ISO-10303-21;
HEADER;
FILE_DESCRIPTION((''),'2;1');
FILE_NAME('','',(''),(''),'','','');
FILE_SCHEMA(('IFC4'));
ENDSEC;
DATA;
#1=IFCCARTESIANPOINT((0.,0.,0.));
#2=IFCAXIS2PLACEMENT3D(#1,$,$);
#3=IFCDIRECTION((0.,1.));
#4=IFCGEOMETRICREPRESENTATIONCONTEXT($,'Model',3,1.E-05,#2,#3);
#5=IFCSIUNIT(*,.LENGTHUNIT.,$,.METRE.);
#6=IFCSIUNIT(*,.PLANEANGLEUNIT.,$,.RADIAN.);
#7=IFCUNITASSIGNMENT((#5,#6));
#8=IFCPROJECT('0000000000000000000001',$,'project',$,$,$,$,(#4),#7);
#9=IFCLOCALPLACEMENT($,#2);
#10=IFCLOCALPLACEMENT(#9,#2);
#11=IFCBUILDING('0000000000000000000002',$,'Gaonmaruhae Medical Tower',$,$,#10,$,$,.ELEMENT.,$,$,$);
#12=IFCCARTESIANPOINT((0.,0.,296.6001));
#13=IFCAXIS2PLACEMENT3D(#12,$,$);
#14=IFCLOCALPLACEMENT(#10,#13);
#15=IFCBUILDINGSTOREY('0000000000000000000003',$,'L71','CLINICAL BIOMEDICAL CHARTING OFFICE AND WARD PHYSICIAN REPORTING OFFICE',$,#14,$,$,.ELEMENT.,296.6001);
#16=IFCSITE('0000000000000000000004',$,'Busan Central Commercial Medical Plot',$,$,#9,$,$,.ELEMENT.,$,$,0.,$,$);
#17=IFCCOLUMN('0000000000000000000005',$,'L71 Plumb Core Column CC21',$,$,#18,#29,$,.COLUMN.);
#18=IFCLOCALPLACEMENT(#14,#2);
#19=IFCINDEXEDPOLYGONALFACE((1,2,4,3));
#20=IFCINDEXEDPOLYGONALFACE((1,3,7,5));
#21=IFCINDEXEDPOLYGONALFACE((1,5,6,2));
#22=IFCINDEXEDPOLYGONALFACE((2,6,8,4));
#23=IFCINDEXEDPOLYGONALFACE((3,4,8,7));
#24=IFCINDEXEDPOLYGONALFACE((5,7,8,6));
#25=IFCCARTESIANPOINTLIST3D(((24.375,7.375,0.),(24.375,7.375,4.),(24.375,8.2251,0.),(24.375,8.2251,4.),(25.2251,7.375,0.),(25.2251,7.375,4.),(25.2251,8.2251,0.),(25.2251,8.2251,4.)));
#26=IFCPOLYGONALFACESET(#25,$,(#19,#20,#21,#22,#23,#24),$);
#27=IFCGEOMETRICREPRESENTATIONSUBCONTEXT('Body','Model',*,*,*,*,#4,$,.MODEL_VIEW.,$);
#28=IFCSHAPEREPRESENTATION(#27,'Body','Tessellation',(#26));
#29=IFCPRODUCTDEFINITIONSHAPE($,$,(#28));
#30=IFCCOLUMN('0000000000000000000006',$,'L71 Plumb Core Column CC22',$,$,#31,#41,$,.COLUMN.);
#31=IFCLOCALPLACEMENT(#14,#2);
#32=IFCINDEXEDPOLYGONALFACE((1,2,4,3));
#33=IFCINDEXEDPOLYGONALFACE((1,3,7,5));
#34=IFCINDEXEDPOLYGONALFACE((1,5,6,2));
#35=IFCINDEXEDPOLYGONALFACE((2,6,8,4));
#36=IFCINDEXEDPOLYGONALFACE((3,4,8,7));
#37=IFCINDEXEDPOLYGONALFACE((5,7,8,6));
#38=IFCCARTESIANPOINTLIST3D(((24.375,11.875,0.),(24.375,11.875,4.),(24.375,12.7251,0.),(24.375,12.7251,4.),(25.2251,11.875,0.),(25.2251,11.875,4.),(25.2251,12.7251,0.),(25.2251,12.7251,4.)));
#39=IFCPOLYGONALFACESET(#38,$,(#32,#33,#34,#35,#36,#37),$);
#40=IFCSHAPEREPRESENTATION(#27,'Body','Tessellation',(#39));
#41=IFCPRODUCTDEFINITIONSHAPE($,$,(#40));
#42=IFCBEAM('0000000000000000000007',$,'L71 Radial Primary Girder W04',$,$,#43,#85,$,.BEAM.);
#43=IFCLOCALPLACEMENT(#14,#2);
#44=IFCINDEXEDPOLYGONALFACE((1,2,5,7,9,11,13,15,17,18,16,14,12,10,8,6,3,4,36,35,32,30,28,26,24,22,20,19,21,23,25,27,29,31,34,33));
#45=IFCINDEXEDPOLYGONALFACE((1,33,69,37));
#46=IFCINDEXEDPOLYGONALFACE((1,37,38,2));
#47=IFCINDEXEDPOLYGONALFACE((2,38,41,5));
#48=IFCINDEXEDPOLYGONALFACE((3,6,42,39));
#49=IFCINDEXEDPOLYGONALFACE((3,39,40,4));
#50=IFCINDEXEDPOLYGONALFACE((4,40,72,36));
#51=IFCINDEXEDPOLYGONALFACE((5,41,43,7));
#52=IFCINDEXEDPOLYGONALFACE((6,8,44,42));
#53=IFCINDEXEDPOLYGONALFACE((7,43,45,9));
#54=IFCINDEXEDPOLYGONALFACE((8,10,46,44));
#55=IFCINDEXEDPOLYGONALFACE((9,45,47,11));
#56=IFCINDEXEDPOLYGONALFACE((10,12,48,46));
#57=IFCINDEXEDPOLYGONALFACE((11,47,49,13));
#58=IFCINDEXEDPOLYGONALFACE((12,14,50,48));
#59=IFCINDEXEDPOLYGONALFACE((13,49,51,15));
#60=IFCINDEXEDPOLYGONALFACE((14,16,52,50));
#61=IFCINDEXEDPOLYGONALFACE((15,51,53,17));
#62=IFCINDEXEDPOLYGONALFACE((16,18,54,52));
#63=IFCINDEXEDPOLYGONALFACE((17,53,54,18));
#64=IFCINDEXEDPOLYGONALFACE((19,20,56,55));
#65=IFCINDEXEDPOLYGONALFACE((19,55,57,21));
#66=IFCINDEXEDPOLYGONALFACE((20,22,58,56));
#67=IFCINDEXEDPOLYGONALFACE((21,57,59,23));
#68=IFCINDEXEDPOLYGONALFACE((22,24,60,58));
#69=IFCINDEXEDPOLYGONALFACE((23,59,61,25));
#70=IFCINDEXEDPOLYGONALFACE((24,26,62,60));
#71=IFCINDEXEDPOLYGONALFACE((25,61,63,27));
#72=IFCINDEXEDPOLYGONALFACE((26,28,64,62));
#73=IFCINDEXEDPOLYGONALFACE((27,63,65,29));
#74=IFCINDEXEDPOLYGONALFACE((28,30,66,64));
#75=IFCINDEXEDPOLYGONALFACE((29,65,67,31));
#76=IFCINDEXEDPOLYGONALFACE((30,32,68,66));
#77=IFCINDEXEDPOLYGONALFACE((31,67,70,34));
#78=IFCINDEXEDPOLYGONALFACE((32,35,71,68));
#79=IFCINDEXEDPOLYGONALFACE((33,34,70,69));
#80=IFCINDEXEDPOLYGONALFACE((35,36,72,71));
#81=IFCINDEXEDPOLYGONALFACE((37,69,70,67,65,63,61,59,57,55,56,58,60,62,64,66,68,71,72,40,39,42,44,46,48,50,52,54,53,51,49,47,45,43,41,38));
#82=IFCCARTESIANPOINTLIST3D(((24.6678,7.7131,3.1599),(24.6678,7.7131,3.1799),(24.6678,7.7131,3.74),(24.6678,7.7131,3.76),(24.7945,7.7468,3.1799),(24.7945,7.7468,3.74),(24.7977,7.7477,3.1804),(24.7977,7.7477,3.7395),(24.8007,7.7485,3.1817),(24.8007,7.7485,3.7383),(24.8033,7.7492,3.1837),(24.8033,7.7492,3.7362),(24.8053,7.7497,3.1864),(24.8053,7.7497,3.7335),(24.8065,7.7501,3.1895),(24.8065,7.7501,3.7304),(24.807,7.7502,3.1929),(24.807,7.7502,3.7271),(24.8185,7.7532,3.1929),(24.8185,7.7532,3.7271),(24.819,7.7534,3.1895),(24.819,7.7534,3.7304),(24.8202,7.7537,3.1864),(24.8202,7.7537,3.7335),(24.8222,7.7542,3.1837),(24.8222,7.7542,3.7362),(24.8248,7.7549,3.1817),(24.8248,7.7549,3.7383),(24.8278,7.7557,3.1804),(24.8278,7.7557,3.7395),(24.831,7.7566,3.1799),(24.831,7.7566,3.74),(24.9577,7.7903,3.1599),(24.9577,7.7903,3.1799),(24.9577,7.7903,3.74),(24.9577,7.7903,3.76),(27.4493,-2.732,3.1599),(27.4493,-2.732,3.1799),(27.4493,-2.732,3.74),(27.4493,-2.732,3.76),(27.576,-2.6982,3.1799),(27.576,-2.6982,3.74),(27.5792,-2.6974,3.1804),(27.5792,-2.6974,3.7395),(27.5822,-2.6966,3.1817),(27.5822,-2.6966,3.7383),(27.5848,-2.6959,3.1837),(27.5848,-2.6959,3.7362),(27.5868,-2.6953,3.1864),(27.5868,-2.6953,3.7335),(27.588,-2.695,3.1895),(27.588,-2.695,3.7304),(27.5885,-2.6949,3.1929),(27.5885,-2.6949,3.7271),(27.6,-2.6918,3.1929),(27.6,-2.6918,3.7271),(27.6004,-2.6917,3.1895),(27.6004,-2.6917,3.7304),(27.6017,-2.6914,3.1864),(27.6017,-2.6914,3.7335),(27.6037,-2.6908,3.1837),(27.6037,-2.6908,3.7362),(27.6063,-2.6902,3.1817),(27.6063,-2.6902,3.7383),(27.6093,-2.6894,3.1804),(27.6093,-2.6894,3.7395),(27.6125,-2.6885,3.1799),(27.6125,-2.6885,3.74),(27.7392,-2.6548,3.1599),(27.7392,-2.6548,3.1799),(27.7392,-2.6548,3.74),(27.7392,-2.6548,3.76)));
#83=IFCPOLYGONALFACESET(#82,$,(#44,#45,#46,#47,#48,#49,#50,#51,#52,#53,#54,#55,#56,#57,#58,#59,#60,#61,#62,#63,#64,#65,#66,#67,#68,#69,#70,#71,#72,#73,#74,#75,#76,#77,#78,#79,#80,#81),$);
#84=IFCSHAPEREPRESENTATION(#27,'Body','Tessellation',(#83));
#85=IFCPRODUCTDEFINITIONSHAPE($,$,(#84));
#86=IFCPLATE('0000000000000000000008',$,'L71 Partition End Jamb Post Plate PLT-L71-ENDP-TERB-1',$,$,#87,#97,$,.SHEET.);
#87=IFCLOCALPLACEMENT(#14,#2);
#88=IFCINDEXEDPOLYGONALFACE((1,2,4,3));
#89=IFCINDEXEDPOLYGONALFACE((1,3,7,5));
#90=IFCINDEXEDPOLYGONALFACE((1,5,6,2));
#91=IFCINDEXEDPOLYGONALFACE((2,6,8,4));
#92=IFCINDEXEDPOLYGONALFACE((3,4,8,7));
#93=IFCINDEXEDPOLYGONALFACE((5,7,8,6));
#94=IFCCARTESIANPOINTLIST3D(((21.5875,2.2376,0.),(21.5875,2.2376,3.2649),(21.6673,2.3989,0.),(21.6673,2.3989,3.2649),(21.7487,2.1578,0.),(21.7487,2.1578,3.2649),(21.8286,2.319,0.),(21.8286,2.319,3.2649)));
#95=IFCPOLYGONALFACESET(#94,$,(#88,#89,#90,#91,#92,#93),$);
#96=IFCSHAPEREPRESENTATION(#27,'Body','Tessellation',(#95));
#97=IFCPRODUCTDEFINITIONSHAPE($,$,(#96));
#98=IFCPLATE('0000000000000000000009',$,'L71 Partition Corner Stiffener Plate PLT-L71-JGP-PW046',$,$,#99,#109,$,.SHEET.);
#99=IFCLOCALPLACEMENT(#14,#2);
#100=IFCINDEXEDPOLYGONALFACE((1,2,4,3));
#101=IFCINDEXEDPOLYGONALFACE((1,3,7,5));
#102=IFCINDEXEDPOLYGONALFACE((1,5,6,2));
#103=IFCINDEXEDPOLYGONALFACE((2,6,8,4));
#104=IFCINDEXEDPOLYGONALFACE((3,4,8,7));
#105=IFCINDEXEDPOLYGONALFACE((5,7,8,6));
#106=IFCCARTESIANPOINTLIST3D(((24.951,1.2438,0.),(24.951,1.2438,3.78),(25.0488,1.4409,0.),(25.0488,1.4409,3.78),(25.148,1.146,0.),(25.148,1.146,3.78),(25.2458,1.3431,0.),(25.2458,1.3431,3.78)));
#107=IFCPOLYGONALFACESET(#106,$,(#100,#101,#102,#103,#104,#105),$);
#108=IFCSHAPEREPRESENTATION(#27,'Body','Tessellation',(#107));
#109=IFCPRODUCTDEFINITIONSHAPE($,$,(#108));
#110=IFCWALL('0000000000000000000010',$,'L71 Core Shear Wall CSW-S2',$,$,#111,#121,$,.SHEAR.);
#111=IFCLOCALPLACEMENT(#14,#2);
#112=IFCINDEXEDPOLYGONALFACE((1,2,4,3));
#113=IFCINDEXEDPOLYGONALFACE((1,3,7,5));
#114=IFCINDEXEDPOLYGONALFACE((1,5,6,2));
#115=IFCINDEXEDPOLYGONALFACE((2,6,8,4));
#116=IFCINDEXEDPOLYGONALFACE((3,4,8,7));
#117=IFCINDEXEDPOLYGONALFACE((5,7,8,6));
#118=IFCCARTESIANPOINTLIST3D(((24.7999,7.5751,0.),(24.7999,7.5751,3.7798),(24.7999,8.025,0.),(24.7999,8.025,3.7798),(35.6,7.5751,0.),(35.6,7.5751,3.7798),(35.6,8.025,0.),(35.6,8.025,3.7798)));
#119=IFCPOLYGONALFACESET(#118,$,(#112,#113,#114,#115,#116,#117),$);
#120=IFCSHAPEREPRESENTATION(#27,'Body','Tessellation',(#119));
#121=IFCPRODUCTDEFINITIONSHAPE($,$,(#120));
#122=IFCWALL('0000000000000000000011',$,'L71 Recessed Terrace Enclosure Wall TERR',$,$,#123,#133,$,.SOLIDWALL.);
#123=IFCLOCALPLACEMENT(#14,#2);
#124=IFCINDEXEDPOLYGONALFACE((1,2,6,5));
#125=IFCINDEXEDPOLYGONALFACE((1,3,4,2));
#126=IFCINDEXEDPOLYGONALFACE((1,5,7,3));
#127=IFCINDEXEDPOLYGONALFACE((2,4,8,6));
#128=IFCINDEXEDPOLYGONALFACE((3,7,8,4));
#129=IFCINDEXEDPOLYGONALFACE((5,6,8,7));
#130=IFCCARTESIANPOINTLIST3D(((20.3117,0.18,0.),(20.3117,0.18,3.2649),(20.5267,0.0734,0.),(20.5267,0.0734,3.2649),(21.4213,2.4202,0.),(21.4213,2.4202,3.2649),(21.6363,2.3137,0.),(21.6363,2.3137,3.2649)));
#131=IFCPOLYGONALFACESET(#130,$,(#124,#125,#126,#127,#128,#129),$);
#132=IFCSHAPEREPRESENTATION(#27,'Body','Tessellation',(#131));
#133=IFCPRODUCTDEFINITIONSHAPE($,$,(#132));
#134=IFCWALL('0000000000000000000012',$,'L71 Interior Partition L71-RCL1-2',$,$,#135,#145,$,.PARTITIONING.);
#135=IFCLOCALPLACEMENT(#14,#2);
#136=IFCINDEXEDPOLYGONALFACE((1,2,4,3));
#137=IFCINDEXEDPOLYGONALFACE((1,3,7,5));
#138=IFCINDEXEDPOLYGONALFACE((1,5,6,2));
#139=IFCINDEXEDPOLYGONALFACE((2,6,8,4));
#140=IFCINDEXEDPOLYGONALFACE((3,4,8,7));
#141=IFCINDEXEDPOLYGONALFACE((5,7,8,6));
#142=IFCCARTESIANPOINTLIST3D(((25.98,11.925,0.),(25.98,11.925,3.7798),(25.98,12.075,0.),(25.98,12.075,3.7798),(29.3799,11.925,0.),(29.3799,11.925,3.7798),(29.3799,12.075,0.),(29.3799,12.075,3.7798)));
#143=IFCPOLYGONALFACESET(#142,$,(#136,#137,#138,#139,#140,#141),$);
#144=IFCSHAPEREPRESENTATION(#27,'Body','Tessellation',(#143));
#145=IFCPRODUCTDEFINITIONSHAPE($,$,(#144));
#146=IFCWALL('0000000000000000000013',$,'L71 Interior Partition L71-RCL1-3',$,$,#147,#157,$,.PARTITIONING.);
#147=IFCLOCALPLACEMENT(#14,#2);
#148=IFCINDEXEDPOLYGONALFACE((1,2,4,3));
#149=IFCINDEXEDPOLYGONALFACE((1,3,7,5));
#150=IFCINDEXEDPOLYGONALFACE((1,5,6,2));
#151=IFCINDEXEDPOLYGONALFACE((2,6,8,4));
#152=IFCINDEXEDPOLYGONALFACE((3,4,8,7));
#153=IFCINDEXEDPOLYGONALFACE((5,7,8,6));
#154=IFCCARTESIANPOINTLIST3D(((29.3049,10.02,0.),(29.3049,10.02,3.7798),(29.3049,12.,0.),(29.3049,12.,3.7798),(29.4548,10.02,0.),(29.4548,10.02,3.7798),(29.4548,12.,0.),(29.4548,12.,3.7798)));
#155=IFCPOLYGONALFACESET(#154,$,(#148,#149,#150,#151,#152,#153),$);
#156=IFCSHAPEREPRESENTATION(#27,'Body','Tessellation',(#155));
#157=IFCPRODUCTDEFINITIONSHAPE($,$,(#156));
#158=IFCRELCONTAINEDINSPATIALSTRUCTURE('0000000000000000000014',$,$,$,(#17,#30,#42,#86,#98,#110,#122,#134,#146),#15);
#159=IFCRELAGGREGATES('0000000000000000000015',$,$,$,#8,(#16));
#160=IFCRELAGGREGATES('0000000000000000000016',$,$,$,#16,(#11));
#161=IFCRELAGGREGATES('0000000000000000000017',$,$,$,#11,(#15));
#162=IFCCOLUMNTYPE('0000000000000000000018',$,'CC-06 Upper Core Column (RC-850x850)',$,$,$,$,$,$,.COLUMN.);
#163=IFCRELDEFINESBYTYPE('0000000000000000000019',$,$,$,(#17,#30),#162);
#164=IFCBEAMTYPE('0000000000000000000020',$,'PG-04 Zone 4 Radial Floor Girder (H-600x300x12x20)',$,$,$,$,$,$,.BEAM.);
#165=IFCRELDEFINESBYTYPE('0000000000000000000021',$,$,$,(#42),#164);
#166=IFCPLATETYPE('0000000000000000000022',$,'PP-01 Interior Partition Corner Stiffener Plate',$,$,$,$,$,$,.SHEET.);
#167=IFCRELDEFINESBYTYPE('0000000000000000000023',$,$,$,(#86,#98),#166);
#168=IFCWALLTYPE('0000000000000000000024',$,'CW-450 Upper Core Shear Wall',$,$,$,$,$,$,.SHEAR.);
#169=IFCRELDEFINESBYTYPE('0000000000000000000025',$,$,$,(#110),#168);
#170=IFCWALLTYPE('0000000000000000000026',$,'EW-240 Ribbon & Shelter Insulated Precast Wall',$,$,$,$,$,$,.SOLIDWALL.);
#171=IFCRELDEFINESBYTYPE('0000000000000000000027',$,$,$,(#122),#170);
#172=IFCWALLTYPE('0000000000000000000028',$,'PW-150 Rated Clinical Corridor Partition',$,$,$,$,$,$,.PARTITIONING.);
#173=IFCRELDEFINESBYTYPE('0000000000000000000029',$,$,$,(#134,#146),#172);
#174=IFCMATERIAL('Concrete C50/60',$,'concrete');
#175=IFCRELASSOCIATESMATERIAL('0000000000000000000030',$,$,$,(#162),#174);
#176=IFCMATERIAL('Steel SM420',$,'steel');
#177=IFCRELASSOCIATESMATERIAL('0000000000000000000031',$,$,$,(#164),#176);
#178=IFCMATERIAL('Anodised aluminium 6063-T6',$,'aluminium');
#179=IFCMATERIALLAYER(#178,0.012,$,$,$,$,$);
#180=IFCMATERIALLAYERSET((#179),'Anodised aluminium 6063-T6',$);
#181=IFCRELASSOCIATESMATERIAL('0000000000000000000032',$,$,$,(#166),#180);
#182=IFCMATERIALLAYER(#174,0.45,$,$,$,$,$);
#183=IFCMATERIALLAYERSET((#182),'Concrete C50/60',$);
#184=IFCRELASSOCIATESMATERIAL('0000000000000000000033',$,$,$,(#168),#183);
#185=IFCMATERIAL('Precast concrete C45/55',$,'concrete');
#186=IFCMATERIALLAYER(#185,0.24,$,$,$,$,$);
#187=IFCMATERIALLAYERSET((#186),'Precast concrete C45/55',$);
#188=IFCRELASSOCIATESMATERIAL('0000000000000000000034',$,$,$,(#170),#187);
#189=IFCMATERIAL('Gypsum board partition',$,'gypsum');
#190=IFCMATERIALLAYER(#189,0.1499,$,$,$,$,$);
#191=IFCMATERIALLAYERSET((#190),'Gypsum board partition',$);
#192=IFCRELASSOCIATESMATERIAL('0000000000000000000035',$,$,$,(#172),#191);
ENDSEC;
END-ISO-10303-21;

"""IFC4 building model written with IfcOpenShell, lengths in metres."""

from ifc_helpers import new_model, si_unit, direction, frame, frame_2d, origin, origin_2d, place, context, subcontext, project, spatial, rectangle, i_section, extrude, material, layer, layer_set, material_profile, profile_set, type_object, element, save


model = new_model("IFC4")

# Units and contexts
model_context = context("Model", 3, precision=1e-05, world=origin(), true_north=direction((0.0, 1.0)))
body_context = subcontext(model_context, "Body", "Model", "MODEL_VIEW")
ifc_project = project(units=[si_unit("LENGTHUNIT", "METRE"), si_unit("PLANEANGLEUNIT", "RADIAN")], contexts=[model_context])

# Site, building, storey
site_placement = place(None, origin())
site = spatial("IfcSite", under=ifc_project, at=site_placement, Name="Busan Central Commercial Medical Plot", CompositionType="ELEMENT", RefElevation=0.0)
building_placement = place(site_placement, origin())
building = spatial("IfcBuilding", under=site, at=building_placement, Name="Gaonmaruhae Medical Tower", CompositionType="ELEMENT")
storey_placement = place(building_placement, frame((0.0, 0.0, 296.6001)))
storey = spatial("IfcBuildingStorey", under=building, at=storey_placement, Name="L71", Description="CLINICAL BIOMEDICAL CHARTING OFFICE AND WARD PHYSICIAN REPORTING OFFICE", CompositionType="ELEMENT", Elevation=296.6001)

# Columns
ifc_material_1 = material(Name="Concrete C50/60", Category="concrete")
ifc_material_profile_1 = material_profile(ifc_material_1, rectangle(XDim=0.8501, YDim=0.8501, at=origin_2d()), Name="RC-850x850")
ifc_profile_set_1 = profile_set([ifc_material_profile_1], Name="Concrete C50/60")
column_type = type_object("IfcColumnType", Name="CC-06 Upper Core Column (RC-850x850)", PredefinedType="COLUMN", material=ifc_profile_set_1)
for number, where, z_axis, x_axis, name in (
    (1, (24.8, 7.8, 0.0), (0.0, 0.0, 1.0), (1.0, 0.0, 0.0), "L71 Plumb Core Column CC21"),
    (2, (24.8, 12.3, 0.0), (0.0, 0.0, 1.0), (1.0, 0.0, 0.0), "L71 Plumb Core Column CC22"),
):
    element("IfcColumn", number, at=place(storey_placement, frame(where, z_axis=z_axis, x_axis=x_axis)), inside=storey, type_object=column_type, Name=name, PredefinedType="COLUMN", context=body_context, shape_type="SweptSolid", body=[
        extrude(rectangle(XDim=0.8501, YDim=0.8501, at=origin_2d()), origin(), (0.0, 0.0, 1.0), 4.0),
    ])

# Beam
ifc_material_2 = material(Name="Steel SM420", Category="steel")
ifc_material_profile_2 = material_profile(ifc_material_2, i_section(OverallWidth=0.3, OverallDepth=0.6001, WebThickness=0.012, FlangeThickness=0.02, FilletRadius=0.0129, at=origin_2d()), Name="H-600x300x12x20")
ifc_profile_set_2 = profile_set([ifc_material_profile_2], Name="Steel SM420")
beam_type = type_object("IfcBeamType", Name="PG-04 Zone 4 Radial Floor Girder (H-600x300x12x20)", PredefinedType="BEAM", material=ifc_profile_set_2)
beam_placement = place(storey_placement, frame((24.8127, 7.7517, 3.46), z_axis=(0.257329, -0.966324, 0.0), x_axis=(0.966324, 0.257329, 0.0)))
element("IfcBeam", 3, at=beam_placement, inside=storey, type_object=beam_type, Name="L71 Radial Primary Girder W04", PredefinedType="BEAM", context=body_context, shape_type="SweptSolid", body=[
    extrude(i_section(OverallWidth=0.3, OverallDepth=0.6001, WebThickness=0.012, FlangeThickness=0.02, FilletRadius=0.0129, at=origin_2d()), origin(), (0.0, 0.0, 1.0), 10.8091),
])

# Plates
ifc_material_3 = material(Name="Anodised aluminium 6063-T6", Category="aluminium")
ifc_layer_1 = layer(ifc_material_3, 0.012)
ifc_layer_set_1 = layer_set([ifc_layer_1], Name="Anodised aluminium 6063-T6")
plate_type = type_object("IfcPlateType", Name="PP-01 Interior Partition Corner Stiffener Plate", PredefinedType="SHEET", material=ifc_layer_set_1)
plate_1_placement = place(storey_placement, frame((21.708, 2.2783, 0.0), z_axis=(0.0, 0.0, 1.0), x_axis=(-0.896099, 0.443853, 0.0)))
element("IfcPlate", 4, at=plate_1_placement, inside=storey, type_object=plate_type, Name="L71 Partition End Jamb Post Plate PLT-L71-ENDP-TERB-1", PredefinedType="SHEET", context=body_context, shape_type="SweptSolid", body=[
    extrude(rectangle(XDim=0.1799, YDim=0.1799, at=origin_2d()), origin(), (0.0, 0.0, 1.0), 3.2649),
])
plate_2_placement = place(storey_placement, frame((25.0984, 1.2935, 0.0), z_axis=(0.0, 0.0, 1.0), x_axis=(-0.444557, -0.895751, 0.0)))
element("IfcPlate", 5, at=plate_2_placement, inside=storey, type_object=plate_type, Name="L71 Partition Corner Stiffener Plate PLT-L71-JGP-PW046", PredefinedType="SHEET", context=body_context, shape_type="SweptSolid", body=[
    extrude(rectangle(XDim=0.22, YDim=0.22, at=origin_2d()), origin(), (0.0, 0.0, 1.0), 3.78),
])

# Walls
ifc_layer_2 = layer(ifc_material_1, 0.45)
ifc_layer_set_2 = layer_set([ifc_layer_2], Name="Concrete C50/60")
wall_type_1 = type_object("IfcWallType", Name="CW-450 Upper Core Shear Wall", PredefinedType="SHEAR", material=ifc_layer_set_2)
wall_1_placement = place(storey_placement, frame((24.8, 7.8, 0.0), z_axis=(0.0, 0.0, 1.0), x_axis=(1.0, 0.0, 0.0)))
element("IfcWall", 6, at=wall_1_placement, inside=storey, type_object=wall_type_1, Name="L71 Core Shear Wall CSW-S2", PredefinedType="SHEAR", context=body_context, shape_type="SweptSolid", body=[
    extrude(rectangle(XDim=10.8, YDim=0.45, at=frame_2d((5.3999, 0.0))), origin(), (0.0, 0.0, 1.0), 3.7798),
])
ifc_material_4 = material(Name="Precast concrete C45/55", Category="concrete")
ifc_layer_3 = layer(ifc_material_4, 0.24)
ifc_layer_set_3 = layer_set([ifc_layer_3], Name="Precast concrete C45/55")
wall_type_2 = type_object("IfcWallType", Name="EW-240 Ribbon & Shelter Insulated Precast Wall", PredefinedType="SOLIDWALL", material=ifc_layer_set_3)
wall_2_placement = place(storey_placement, frame((21.5288, 2.3669, 0.0), z_axis=(0.0, 0.0, 1.0), x_axis=(-0.443851, -0.896101, 0.0)))
element("IfcWall", 7, at=wall_2_placement, inside=storey, type_object=wall_type_2, Name="L71 Recessed Terrace Enclosure Wall TERR", PredefinedType="SOLIDWALL", context=body_context, shape_type="SweptSolid", body=[
    extrude(rectangle(XDim=2.5, YDim=0.24, at=frame_2d((1.25, 0.0))), origin(), (0.0, 0.0, 1.0), 3.2649),
])

# Shared definitions
ifc_material_5 = material(Name="Gypsum board partition", Category="gypsum")
ifc_layer_4 = layer(ifc_material_5, 0.1499)
ifc_layer_set_4 = layer_set([ifc_layer_4], Name="Gypsum board partition")
wall_type_3 = type_object("IfcWallType", Name="PW-150 Rated Clinical Corridor Partition", PredefinedType="PARTITIONING", material=ifc_layer_set_4)

# Walls
wall_3_placement = place(storey_placement, frame((25.98, 12.0, 0.0), z_axis=(0.0, 0.0, 1.0), x_axis=(1.0, 0.0, 0.0)))
element("IfcWall", 8, at=wall_3_placement, inside=storey, type_object=wall_type_3, Name="L71 Interior Partition L71-RCL1-2", PredefinedType="PARTITIONING", context=body_context, shape_type="SweptSolid", body=[
    extrude(rectangle(XDim=3.3999, YDim=0.1499, at=frame_2d((1.7, 0.0))), origin(), (0.0, 0.0, 1.0), 3.7798),
])
wall_4_placement = place(storey_placement, frame((29.3799, 12.0, 0.0), z_axis=(0.0, 0.0, 1.0), x_axis=(0.0, -1.0, 0.0)))
element("IfcWall", 9, at=wall_4_placement, inside=storey, type_object=wall_type_3, Name="L71 Interior Partition L71-RCL1-3", PredefinedType="PARTITIONING", context=body_context, shape_type="SweptSolid", body=[
    extrude(rectangle(XDim=1.98, YDim=0.1499, at=frame_2d((0.99, 0.0))), origin(), (0.0, 0.0, 1.0), 3.7798),
])

save(model, "model.ifc")
